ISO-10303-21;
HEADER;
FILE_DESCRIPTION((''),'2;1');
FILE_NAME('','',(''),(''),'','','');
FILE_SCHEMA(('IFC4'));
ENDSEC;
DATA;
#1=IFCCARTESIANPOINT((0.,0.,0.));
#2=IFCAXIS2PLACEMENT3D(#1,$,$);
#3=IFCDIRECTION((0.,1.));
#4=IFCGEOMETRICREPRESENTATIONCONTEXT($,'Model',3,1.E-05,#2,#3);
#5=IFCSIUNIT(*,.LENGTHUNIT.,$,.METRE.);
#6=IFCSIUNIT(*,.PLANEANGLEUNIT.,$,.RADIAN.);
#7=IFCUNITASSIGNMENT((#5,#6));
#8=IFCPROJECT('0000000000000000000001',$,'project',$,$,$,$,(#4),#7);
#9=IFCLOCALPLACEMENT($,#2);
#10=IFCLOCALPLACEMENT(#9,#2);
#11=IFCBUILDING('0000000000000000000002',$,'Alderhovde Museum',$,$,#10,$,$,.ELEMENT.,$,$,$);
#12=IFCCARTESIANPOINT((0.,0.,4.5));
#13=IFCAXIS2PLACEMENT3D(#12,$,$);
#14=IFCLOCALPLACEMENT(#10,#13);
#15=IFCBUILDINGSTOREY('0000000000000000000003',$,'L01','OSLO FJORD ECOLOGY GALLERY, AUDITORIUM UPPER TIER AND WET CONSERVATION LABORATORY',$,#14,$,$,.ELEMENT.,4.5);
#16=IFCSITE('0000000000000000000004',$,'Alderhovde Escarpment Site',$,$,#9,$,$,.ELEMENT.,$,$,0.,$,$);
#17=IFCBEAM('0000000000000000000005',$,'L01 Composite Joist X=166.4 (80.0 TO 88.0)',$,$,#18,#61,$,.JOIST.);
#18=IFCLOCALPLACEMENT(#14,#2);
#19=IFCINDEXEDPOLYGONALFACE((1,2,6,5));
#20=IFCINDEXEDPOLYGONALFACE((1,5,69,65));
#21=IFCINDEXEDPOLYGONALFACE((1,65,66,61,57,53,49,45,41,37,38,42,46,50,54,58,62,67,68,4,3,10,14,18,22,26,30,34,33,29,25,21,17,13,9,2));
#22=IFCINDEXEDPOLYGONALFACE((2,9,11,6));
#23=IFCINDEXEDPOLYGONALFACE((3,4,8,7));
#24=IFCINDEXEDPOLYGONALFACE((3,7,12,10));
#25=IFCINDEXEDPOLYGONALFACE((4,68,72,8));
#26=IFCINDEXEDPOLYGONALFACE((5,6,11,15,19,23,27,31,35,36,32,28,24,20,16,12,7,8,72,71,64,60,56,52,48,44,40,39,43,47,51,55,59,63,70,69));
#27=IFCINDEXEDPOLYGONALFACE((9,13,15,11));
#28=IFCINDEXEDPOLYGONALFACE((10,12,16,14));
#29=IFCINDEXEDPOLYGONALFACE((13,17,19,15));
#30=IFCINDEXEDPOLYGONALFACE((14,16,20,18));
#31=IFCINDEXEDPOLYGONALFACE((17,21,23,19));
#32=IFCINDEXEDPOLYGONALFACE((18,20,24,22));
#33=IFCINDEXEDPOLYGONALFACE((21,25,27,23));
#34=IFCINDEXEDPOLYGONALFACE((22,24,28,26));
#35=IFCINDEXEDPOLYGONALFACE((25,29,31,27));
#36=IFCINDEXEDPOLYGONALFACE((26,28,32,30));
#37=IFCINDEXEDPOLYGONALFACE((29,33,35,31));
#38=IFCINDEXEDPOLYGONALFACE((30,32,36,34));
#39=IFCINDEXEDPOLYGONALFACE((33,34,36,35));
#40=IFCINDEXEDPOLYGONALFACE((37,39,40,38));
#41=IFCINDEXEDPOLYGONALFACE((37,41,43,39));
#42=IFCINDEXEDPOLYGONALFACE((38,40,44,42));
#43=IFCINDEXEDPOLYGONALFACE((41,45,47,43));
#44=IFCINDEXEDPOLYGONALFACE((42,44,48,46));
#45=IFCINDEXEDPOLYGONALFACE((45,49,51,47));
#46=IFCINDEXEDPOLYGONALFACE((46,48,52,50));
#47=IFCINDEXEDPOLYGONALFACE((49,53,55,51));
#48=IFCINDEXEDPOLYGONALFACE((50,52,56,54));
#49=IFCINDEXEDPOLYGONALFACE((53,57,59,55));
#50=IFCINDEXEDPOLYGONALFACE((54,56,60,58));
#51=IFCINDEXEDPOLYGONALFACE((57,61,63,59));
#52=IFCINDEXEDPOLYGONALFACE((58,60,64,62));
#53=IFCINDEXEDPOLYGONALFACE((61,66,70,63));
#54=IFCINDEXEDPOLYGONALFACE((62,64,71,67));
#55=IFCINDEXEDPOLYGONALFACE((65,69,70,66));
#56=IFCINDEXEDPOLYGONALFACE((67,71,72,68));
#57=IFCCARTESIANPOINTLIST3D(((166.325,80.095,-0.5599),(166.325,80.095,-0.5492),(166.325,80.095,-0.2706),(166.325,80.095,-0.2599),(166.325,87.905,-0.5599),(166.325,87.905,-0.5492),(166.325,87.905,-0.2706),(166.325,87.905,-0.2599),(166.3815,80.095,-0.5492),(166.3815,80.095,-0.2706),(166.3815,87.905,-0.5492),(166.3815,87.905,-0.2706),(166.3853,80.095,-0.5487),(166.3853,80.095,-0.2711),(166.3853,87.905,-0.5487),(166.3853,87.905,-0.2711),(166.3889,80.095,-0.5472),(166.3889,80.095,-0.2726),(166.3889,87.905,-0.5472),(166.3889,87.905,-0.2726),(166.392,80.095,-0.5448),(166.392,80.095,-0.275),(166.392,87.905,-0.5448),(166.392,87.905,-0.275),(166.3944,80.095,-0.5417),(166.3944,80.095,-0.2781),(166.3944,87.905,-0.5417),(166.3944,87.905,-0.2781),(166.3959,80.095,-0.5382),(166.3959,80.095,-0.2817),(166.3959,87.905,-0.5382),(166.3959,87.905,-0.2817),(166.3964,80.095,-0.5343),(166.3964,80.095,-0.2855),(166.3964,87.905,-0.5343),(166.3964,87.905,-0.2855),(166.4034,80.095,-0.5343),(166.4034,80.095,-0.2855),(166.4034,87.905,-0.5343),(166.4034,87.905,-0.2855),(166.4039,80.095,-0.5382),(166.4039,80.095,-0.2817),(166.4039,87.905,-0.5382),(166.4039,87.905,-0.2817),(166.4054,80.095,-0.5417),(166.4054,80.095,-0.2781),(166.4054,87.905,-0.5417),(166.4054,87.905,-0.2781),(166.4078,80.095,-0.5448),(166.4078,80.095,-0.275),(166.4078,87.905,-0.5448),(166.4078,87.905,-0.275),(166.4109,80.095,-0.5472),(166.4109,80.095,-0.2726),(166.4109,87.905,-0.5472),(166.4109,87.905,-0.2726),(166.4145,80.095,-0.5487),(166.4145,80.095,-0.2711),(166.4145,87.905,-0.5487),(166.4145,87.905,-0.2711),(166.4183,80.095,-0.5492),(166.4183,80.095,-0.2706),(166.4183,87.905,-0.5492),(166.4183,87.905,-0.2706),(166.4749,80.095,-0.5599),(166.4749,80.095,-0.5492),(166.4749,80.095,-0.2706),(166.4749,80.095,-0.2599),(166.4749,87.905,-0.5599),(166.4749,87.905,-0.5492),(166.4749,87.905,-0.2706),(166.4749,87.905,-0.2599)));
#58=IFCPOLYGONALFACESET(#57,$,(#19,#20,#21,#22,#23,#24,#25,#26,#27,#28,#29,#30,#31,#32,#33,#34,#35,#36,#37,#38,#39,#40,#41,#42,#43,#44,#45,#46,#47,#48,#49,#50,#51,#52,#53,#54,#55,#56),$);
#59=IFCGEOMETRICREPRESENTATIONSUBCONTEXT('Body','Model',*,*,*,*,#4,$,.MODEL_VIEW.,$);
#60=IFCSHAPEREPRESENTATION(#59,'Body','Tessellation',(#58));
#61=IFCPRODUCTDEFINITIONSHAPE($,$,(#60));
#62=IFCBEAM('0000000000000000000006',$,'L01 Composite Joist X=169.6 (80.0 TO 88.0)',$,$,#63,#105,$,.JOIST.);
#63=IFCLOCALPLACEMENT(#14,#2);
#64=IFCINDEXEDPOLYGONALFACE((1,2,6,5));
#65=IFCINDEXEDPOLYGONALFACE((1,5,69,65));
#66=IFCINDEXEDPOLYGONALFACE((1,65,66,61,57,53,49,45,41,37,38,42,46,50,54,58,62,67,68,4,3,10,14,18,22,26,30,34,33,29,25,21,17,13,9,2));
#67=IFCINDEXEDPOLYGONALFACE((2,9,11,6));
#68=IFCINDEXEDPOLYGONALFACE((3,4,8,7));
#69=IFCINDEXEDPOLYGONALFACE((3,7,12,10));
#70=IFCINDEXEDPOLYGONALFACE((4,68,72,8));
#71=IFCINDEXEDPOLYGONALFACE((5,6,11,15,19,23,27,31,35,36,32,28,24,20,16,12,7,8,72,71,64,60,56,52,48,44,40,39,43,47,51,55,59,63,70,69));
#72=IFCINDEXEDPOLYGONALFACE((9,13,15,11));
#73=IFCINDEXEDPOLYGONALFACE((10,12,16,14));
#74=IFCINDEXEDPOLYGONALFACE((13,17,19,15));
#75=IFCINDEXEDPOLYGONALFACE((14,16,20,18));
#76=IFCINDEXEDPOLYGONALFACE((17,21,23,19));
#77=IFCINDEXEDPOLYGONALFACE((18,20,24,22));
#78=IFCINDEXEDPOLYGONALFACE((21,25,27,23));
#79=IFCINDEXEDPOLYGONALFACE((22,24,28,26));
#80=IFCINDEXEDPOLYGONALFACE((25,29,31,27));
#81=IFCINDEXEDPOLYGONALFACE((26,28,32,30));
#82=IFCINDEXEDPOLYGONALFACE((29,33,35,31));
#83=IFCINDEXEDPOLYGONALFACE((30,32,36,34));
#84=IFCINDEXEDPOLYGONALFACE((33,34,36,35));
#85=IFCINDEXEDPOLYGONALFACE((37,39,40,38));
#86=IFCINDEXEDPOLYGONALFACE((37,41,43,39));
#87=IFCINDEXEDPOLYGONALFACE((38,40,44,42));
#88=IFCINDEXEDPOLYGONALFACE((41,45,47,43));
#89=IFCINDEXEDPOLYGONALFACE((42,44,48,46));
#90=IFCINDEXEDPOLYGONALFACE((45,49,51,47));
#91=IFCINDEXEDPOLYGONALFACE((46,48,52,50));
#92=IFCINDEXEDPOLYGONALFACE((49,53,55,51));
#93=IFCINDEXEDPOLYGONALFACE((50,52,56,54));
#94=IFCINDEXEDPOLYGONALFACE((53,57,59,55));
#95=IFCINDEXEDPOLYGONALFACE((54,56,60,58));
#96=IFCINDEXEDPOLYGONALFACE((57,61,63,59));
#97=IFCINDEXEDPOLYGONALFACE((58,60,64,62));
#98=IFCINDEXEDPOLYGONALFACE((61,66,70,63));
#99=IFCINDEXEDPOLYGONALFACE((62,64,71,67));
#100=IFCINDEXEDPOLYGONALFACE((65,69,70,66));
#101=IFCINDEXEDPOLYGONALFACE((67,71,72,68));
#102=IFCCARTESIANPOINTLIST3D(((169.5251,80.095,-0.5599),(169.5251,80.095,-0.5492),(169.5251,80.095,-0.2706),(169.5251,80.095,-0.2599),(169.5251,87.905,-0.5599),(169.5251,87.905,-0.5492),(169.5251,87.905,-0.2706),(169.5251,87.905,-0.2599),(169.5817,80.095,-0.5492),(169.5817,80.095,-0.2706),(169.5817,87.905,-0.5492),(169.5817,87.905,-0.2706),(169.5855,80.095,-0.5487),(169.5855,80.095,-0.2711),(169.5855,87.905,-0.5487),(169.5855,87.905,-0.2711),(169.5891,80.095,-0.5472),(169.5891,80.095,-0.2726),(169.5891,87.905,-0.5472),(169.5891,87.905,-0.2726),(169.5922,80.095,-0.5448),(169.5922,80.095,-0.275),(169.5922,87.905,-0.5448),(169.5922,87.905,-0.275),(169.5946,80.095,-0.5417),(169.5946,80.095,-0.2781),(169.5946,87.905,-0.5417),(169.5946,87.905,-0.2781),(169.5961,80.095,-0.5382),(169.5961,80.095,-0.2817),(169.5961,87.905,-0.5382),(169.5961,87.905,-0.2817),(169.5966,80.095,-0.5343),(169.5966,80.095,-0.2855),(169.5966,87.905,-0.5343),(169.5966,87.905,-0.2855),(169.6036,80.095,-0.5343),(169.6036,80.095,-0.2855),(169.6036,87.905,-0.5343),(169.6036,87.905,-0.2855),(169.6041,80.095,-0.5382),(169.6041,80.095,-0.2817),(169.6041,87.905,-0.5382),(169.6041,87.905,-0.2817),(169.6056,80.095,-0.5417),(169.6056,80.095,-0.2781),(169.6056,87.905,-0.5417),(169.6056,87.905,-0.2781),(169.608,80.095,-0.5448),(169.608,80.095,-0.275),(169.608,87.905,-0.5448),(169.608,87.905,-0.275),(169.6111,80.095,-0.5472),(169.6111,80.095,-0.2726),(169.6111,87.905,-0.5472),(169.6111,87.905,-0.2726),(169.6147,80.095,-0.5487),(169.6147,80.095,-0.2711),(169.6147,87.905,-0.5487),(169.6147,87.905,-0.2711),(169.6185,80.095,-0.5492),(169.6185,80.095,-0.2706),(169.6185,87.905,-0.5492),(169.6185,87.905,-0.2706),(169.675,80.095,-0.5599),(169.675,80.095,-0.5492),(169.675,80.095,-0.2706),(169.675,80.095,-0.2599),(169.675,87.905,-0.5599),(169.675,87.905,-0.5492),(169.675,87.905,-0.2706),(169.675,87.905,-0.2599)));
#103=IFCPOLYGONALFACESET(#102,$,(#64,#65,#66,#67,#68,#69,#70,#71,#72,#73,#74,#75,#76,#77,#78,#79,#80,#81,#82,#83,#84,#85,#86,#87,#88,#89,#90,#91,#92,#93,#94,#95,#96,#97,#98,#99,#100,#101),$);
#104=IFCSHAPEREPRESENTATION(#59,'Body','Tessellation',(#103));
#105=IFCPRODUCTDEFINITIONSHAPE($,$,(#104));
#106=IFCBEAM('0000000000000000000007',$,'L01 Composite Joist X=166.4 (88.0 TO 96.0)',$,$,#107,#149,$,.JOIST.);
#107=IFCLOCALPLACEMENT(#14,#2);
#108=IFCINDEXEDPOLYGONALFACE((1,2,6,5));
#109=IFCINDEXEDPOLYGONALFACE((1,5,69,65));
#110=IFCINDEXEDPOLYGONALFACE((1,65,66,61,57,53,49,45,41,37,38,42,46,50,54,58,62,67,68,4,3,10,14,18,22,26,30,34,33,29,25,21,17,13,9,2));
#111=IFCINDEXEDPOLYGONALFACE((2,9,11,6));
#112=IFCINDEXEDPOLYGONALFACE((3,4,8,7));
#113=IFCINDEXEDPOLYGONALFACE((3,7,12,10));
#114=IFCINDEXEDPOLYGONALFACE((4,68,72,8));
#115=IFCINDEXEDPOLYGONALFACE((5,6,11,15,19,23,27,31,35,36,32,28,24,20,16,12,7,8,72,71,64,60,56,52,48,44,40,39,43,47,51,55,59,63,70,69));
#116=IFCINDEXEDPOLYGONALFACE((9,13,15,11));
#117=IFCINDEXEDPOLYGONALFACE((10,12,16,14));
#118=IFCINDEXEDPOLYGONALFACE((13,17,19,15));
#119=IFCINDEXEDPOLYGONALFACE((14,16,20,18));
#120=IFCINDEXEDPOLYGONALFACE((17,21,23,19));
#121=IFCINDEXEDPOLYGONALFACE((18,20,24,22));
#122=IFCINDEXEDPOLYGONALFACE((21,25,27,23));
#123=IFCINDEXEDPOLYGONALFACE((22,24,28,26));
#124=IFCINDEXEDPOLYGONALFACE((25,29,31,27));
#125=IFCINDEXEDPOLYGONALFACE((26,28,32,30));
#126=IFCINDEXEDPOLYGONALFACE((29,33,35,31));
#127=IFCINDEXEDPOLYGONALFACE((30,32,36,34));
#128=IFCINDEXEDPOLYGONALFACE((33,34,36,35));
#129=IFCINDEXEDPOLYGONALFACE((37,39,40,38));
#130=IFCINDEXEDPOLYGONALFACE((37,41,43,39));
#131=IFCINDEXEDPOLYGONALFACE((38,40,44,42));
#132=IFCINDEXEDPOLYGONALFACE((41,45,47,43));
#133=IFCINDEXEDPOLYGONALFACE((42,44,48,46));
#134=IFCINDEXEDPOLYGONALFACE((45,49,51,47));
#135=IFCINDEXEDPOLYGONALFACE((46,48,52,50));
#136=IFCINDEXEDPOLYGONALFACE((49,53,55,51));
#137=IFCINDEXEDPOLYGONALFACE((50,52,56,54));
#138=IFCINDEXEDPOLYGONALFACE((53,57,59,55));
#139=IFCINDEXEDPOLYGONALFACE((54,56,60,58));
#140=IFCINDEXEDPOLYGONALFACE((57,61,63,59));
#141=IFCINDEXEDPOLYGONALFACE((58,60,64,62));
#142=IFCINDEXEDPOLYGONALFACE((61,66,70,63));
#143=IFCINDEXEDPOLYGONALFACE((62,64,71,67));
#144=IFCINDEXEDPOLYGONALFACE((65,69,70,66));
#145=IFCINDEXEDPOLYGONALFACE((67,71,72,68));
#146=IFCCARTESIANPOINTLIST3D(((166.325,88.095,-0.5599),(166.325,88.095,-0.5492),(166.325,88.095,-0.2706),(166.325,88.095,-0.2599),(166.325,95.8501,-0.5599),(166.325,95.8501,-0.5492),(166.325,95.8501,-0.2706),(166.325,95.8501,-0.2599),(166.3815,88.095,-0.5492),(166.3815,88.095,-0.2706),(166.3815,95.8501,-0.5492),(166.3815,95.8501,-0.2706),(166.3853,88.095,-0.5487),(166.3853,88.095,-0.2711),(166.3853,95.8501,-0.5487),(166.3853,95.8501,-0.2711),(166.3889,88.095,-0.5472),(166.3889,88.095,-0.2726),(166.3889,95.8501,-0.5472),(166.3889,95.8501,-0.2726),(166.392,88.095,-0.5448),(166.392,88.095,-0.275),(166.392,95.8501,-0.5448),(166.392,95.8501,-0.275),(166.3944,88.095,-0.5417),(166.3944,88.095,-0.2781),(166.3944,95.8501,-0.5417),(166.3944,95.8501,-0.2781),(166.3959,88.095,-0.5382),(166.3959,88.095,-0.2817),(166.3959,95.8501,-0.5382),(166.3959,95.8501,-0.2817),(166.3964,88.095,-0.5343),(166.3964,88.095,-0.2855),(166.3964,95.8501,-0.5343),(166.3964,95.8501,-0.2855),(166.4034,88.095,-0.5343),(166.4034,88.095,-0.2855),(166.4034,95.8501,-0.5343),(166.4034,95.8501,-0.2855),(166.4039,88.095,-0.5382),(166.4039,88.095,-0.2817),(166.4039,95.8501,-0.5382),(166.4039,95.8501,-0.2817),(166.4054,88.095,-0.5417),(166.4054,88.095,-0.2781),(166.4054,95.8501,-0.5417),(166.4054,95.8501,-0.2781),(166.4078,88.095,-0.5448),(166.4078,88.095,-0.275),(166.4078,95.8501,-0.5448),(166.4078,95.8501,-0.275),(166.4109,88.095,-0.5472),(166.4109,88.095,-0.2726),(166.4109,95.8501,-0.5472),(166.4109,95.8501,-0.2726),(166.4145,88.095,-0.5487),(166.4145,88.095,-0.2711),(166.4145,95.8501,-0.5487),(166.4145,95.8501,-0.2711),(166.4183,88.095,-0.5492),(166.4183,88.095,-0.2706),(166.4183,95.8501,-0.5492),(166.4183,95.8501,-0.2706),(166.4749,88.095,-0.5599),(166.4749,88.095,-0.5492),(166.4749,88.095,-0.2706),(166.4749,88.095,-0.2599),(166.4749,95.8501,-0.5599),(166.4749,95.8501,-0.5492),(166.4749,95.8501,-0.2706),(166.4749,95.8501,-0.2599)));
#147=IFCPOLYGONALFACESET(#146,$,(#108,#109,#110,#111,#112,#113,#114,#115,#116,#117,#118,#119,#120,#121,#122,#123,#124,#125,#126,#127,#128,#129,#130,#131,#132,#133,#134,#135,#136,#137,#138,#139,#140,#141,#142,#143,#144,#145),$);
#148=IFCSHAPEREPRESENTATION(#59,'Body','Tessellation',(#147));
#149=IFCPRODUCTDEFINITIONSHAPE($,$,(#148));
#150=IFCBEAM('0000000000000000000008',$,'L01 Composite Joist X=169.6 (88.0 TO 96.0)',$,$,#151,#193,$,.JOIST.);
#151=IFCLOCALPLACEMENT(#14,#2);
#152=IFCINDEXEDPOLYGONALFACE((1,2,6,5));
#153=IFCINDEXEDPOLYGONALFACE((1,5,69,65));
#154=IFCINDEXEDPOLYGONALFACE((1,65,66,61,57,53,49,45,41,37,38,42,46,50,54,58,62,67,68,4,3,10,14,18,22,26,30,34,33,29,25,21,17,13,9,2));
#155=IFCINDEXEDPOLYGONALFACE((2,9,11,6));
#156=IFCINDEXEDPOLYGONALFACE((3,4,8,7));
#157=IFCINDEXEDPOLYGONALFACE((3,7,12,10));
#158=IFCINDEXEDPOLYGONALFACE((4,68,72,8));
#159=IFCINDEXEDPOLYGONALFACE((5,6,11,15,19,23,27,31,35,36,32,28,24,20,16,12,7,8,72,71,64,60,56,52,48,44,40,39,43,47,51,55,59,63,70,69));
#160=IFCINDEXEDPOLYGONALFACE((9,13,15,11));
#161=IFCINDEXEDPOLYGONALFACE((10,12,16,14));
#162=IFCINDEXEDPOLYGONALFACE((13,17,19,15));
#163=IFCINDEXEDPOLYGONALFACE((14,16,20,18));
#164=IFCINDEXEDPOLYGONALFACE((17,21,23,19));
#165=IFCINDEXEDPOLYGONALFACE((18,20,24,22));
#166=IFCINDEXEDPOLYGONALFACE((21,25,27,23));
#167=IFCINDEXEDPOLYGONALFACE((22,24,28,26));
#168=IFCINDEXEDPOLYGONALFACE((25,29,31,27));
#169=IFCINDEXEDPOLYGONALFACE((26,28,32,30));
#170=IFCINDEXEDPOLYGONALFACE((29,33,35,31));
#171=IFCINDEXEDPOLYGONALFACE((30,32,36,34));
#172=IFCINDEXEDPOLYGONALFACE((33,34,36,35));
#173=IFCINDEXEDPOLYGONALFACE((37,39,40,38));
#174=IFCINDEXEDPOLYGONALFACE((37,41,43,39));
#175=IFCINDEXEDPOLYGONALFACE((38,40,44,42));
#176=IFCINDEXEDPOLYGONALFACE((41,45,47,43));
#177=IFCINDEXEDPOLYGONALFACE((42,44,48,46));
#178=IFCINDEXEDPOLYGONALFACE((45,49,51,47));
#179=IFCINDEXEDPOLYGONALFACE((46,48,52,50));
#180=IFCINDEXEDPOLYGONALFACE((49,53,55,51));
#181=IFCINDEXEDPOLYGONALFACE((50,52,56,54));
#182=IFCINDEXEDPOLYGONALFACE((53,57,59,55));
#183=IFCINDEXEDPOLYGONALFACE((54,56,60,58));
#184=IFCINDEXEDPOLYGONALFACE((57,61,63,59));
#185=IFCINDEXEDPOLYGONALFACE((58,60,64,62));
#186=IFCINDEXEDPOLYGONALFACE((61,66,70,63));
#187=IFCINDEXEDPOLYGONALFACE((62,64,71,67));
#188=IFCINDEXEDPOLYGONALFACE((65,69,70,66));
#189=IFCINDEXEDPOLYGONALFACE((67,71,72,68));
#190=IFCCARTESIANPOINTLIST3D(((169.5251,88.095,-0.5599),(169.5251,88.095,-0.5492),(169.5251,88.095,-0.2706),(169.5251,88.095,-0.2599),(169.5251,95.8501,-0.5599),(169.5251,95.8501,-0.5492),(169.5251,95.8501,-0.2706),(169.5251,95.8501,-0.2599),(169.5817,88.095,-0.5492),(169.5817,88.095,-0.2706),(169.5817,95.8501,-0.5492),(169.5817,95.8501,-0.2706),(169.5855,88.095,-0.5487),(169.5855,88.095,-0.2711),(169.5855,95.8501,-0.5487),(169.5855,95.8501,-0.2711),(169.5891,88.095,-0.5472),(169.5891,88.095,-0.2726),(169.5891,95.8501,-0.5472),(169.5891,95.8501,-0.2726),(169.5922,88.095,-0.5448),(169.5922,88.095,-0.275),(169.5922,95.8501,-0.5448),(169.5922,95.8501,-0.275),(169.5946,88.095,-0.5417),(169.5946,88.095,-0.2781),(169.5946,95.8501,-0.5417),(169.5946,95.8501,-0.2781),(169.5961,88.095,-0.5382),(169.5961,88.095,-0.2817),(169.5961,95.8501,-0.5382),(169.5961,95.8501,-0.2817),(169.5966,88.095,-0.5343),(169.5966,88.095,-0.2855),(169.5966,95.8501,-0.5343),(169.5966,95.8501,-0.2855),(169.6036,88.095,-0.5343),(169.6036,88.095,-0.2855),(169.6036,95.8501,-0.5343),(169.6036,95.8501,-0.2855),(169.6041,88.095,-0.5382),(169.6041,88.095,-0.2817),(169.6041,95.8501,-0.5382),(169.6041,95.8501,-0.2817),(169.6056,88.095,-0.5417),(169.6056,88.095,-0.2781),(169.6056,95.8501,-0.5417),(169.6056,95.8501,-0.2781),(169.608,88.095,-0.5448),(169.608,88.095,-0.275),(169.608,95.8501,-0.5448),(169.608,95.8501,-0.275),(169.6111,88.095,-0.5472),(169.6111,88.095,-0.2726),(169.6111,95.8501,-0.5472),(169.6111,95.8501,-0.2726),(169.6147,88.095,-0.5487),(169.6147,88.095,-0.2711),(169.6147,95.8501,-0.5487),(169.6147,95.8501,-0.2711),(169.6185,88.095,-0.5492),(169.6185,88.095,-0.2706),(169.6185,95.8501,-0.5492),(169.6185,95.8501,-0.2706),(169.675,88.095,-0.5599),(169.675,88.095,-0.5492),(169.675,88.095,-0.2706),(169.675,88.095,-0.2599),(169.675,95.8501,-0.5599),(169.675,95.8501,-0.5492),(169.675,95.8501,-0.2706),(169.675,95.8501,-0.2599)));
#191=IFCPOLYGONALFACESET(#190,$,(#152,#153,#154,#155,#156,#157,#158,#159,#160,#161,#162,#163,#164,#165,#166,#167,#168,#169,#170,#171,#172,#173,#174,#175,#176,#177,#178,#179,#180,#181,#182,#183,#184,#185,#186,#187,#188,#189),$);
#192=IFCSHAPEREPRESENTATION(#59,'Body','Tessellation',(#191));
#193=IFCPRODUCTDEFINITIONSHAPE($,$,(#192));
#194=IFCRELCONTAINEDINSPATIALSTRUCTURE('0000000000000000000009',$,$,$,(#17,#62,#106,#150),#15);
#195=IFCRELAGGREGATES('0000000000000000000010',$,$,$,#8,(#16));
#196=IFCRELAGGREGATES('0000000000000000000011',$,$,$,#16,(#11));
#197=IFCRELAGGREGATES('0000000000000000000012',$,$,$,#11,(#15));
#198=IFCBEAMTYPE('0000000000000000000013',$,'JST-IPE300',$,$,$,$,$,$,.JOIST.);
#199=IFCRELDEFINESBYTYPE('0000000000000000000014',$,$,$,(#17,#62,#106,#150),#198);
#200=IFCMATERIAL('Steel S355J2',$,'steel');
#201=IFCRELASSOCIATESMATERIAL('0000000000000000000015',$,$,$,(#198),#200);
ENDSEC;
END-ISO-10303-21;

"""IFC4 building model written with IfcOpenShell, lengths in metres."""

from ifc_helpers import new_model, si_unit, direction, frame, origin, origin_2d, place, context, subcontext, project, spatial, i_section, extrude, material, material_profile, profile_set, type_object, element, save


model = new_model("IFC4")

# Units and contexts
model_context = context("Model", 3, precision=1e-05, world=origin(), true_north=direction((0.0, 1.0)))
body_context = subcontext(model_context, "Body", "Model", "MODEL_VIEW")
ifc_project = project(units=[si_unit("LENGTHUNIT", "METRE"), si_unit("PLANEANGLEUNIT", "RADIAN")], contexts=[model_context])

# Site, building, storey
site_placement = place(None, origin())
site = spatial("IfcSite", under=ifc_project, at=site_placement, Name="Alderhovde Escarpment Site", CompositionType="ELEMENT", RefElevation=0.0)
building_placement = place(site_placement, origin())
building = spatial("IfcBuilding", under=site, at=building_placement, Name="Alderhovde Museum", CompositionType="ELEMENT")
storey_placement = place(building_placement, frame((0.0, 0.0, 4.5)))
storey = spatial("IfcBuildingStorey", under=building, at=storey_placement, Name="L01", Description="OSLO FJORD ECOLOGY GALLERY, AUDITORIUM UPPER TIER AND WET CONSERVATION LABORATORY", CompositionType="ELEMENT", Elevation=4.5)

# Beams
ifc_material_1 = material(Name="Steel S355J2", Category="steel")
ifc_material_profile_1 = material_profile(ifc_material_1, i_section(OverallWidth=0.1499, OverallDepth=0.3, WebThickness=0.0071, FlangeThickness=0.0107, FilletRadius=0.0149, at=origin_2d()), Name="IPE 300")
ifc_profile_set_1 = profile_set([ifc_material_profile_1], Name="Steel S355J2")
beam_type_1 = type_object("IfcBeamType", Name="JST-IPE300", PredefinedType="JOIST", material=ifc_profile_set_1)
for number, where, z_axis, x_axis, name in (
    (1, (166.3999, 80.095, -0.4099), (0.0, 1.0, 0.0), (-1.0, 0.0, 0.0), "L01 Composite Joist X=166.4 (80.0 TO 88.0)"),
    (2, (169.6001, 80.095, -0.4099), (0.0, 1.0, 0.0), (-1.0, 0.0, 0.0), "L01 Composite Joist X=169.6 (80.0 TO 88.0)"),
):
    element("IfcBeam", number, at=place(storey_placement, frame(where, z_axis=z_axis, x_axis=x_axis)), inside=storey, type_object=beam_type_1, Name=name, PredefinedType="JOIST", context=body_context, shape_type="SweptSolid", body=[
        extrude(i_section(OverallWidth=0.1499, OverallDepth=0.3, WebThickness=0.0071, FlangeThickness=0.0107, FilletRadius=0.0149, at=origin_2d()), origin(), (0.0, 0.0, 1.0), 7.8101),
    ])
for number, where, z_axis, x_axis, name in (
    (3, (166.3999, 88.095, -0.4099), (0.0, 1.0, 0.0), (-1.0, 0.0, 0.0), "L01 Composite Joist X=166.4 (88.0 TO 96.0)"),
    (4, (169.6001, 88.095, -0.4099), (0.0, 1.0, 0.0), (-1.0, 0.0, 0.0), "L01 Composite Joist X=169.6 (88.0 TO 96.0)"),
):
    element("IfcBeam", number, at=place(storey_placement, frame(where, z_axis=z_axis, x_axis=x_axis)), inside=storey, type_object=beam_type_1, Name=name, PredefinedType="JOIST", context=body_context, shape_type="SweptSolid", body=[
        extrude(i_section(OverallWidth=0.1499, OverallDepth=0.3, WebThickness=0.0071, FlangeThickness=0.0107, FilletRadius=0.0149, at=origin_2d()), origin(), (0.0, 0.0, 1.0), 7.7551),
    ])

save(model, "model.ifc")
